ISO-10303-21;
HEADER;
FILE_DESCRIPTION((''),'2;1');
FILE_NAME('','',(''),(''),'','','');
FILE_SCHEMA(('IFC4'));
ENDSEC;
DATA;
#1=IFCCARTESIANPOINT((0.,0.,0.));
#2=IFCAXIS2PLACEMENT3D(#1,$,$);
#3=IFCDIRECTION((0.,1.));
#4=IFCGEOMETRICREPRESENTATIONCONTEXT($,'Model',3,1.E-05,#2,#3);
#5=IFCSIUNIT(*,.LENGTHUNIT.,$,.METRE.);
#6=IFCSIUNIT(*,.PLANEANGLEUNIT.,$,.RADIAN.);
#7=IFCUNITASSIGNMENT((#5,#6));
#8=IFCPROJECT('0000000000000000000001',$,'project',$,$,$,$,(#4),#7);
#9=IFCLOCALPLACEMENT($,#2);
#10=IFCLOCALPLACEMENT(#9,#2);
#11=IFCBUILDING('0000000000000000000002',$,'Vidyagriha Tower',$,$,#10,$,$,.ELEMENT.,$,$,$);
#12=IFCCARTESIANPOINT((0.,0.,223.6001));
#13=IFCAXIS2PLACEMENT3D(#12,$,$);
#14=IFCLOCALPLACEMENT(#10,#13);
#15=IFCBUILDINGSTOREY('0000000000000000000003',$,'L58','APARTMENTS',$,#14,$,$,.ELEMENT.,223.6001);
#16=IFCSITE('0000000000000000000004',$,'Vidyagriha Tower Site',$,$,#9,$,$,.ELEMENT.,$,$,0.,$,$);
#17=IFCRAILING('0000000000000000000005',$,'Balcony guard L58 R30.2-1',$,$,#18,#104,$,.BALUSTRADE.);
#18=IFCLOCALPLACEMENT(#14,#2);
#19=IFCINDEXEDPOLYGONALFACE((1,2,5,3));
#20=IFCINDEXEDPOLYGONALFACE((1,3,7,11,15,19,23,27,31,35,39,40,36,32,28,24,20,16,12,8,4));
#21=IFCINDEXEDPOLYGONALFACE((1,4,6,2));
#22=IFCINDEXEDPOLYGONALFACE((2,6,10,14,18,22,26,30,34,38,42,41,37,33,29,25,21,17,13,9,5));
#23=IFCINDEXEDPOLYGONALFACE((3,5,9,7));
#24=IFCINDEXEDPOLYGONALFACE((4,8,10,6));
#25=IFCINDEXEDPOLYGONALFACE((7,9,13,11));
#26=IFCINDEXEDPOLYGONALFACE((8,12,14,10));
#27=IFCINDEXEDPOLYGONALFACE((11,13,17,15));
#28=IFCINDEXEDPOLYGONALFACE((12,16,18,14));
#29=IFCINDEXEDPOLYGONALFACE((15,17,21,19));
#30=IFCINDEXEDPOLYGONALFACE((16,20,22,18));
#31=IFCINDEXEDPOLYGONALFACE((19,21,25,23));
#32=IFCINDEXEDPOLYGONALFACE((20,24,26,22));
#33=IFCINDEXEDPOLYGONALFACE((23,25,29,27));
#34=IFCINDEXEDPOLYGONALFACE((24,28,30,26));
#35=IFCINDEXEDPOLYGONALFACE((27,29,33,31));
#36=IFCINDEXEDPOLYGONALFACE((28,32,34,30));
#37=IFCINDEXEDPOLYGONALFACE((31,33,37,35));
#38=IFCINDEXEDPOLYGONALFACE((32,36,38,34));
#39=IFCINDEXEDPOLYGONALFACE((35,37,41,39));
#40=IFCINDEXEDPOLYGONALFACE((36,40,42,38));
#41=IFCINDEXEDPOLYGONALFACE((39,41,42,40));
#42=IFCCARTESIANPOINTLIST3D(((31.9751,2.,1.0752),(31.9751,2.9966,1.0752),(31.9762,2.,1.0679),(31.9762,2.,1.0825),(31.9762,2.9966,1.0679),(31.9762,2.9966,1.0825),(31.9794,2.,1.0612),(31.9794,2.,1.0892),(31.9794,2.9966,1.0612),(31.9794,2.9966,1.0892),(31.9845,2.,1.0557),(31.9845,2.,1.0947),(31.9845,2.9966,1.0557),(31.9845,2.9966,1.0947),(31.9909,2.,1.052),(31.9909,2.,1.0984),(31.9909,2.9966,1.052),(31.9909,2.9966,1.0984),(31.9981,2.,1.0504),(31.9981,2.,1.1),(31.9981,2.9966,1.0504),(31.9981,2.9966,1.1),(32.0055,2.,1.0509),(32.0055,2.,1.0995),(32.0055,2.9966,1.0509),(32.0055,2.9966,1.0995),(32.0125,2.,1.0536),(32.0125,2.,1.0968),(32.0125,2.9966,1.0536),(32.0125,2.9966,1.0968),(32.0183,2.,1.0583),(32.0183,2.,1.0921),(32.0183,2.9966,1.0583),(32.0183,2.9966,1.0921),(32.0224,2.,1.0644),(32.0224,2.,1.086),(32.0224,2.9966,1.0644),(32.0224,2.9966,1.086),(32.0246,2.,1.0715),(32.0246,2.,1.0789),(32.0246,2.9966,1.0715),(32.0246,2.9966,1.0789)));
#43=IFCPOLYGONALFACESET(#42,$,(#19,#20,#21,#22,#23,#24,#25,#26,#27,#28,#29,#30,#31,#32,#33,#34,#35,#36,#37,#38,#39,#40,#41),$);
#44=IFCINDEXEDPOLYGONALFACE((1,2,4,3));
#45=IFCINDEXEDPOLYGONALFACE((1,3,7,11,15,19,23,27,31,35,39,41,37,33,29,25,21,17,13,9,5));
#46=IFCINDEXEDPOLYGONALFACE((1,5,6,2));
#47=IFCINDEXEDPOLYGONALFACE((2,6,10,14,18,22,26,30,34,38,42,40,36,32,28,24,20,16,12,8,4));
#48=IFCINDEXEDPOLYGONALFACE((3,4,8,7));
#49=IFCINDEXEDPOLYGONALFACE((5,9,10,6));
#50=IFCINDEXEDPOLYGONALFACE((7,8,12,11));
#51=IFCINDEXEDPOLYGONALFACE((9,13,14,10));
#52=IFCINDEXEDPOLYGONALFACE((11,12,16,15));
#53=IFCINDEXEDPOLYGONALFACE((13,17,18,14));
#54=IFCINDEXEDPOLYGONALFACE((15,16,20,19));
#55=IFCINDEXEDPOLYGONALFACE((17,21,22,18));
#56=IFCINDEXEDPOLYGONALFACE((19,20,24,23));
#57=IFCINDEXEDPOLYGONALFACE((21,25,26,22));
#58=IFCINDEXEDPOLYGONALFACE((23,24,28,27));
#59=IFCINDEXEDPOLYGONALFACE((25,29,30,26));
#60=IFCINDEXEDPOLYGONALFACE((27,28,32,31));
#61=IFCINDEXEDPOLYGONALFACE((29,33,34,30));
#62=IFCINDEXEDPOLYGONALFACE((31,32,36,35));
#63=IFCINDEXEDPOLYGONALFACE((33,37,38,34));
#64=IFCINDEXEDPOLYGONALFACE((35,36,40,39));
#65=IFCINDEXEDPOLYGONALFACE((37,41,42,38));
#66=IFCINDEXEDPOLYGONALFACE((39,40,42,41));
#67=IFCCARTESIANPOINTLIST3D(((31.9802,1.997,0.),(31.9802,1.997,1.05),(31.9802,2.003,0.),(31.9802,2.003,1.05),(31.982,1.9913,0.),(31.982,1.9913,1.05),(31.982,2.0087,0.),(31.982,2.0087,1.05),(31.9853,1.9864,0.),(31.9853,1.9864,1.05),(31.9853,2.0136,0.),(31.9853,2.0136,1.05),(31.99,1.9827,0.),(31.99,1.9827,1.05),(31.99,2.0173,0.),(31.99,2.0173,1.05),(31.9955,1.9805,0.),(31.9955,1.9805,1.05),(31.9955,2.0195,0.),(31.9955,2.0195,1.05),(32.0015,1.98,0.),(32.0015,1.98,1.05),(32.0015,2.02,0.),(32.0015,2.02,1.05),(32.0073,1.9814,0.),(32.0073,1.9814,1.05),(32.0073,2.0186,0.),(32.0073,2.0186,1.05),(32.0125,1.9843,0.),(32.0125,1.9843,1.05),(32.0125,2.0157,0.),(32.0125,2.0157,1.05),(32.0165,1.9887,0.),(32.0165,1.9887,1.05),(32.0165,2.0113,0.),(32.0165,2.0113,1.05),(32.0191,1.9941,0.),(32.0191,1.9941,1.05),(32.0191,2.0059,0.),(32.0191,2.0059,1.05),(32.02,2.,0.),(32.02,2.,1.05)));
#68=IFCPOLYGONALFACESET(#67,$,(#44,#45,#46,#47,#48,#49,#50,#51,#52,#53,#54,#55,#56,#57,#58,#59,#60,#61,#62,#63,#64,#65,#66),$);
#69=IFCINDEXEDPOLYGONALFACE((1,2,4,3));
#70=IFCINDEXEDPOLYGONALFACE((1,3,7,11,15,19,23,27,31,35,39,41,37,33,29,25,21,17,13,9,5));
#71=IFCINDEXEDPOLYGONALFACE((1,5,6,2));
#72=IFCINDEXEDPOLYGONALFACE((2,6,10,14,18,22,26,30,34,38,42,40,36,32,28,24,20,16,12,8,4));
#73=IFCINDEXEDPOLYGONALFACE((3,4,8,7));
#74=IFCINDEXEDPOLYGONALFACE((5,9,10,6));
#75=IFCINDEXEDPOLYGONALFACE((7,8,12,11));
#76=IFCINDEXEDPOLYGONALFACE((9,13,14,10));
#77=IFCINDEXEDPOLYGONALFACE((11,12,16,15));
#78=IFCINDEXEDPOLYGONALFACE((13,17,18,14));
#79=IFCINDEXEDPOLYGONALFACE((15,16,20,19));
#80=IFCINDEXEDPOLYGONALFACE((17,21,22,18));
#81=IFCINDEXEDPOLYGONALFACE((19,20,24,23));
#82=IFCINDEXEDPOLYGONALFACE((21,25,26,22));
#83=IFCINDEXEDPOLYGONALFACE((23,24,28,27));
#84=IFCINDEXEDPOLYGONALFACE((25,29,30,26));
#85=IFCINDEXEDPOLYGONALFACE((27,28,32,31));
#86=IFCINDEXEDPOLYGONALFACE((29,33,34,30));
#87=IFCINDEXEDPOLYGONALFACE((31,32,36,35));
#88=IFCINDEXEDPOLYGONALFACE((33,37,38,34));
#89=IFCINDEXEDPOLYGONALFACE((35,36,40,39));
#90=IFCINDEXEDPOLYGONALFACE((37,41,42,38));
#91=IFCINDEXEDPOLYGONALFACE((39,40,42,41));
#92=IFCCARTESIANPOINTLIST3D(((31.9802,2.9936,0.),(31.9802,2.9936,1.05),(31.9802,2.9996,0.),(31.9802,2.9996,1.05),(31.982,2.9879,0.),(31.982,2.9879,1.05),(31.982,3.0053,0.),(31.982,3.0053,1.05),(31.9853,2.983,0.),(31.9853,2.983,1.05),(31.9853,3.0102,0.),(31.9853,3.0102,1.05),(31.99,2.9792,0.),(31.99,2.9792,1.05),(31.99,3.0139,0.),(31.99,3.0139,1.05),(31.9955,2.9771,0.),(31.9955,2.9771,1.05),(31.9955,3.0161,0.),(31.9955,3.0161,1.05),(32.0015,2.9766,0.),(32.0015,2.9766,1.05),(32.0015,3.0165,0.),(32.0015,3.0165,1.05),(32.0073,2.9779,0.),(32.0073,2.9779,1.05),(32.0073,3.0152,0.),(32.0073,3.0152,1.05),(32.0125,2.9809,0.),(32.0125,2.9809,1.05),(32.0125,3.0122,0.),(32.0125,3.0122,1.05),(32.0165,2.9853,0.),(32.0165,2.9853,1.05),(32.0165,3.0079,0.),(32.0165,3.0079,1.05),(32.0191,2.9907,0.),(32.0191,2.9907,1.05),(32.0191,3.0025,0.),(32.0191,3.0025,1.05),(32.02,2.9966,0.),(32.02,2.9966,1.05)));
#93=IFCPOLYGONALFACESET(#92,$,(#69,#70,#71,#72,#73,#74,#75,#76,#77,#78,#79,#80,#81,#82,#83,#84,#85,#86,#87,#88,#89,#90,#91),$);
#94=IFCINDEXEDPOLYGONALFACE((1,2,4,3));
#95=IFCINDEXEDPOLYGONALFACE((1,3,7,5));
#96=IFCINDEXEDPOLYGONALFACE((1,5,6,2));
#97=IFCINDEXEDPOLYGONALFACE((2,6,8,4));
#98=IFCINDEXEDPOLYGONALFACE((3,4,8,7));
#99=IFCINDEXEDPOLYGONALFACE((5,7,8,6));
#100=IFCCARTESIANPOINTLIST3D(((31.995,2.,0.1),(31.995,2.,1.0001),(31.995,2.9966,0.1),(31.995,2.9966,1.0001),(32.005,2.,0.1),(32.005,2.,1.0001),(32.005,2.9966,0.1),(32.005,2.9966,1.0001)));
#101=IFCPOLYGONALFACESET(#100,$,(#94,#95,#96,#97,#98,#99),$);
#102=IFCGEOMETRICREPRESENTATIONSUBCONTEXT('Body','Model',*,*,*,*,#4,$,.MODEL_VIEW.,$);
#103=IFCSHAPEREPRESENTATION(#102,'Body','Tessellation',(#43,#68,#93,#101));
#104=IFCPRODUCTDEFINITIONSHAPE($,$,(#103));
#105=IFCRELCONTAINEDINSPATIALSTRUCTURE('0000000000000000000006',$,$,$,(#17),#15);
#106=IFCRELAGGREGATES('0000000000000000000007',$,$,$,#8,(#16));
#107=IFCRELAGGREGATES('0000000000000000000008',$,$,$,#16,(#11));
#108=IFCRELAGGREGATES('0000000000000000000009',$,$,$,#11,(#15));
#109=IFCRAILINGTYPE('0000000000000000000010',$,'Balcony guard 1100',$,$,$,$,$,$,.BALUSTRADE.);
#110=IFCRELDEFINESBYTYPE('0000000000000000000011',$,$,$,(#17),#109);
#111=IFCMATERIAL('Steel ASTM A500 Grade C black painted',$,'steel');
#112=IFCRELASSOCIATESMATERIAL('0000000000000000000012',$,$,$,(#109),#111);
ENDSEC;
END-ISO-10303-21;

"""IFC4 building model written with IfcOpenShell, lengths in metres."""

from ifc_helpers import new_model, si_unit, direction, frame, origin, origin_2d, place, context, subcontext, project, spatial, rectangle, circle, extrude, material, type_object, element, save


model = new_model("IFC4")

# Units and contexts
model_context = context("Model", 3, precision=1e-05, world=origin(), true_north=direction((0.0, 1.0)))
body_context = subcontext(model_context, "Body", "Model", "MODEL_VIEW")
ifc_project = project(units=[si_unit("LENGTHUNIT", "METRE"), si_unit("PLANEANGLEUNIT", "RADIAN")], contexts=[model_context])

# Site, building, storey
site_placement = place(None, origin())
site = spatial("IfcSite", under=ifc_project, at=site_placement, Name="Vidyagriha Tower Site", CompositionType="ELEMENT", RefElevation=0.0)
building_placement = place(site_placement, origin())
building = spatial("IfcBuilding", under=site, at=building_placement, Name="Vidyagriha Tower", CompositionType="ELEMENT")
storey_placement = place(building_placement, frame((0.0, 0.0, 223.6001)))
storey = spatial("IfcBuildingStorey", under=building, at=storey_placement, Name="L58", Description="APARTMENTS", CompositionType="ELEMENT", Elevation=223.6001)

# Railing
ifc_material_1 = material(Name="Steel ASTM A500 Grade C black painted", Category="steel")
railing_type_1 = type_object("IfcRailingType", Name="Balcony guard 1100", PredefinedType="BALUSTRADE", material=ifc_material_1)
railing_1_placement = place(storey_placement, frame((32.0, 2.0, 0.0)))
element("IfcRailing", 1, at=railing_1_placement, inside=storey, type_object=railing_type_1, Name="Balcony guard L58 R30.2-1", PredefinedType="BALUSTRADE", context=body_context, shape_type="SweptSolid", body=[
    extrude(circle(Radius=0.0249, at=origin_2d()), frame((0.0, 0.0, 1.0752), z_axis=(0.0, 1.0, 0.0), x_axis=(-1.0, 0.0, 0.0)), (0.0, 0.0, 1.0), 0.9966),
    extrude(circle(Radius=0.02, at=origin_2d()), origin(), (0.0, 0.0, 1.0), 1.05),
    extrude(circle(Radius=0.02, at=origin_2d()), frame((0.0, 0.9966, 0.0)), (0.0, 0.0, 1.0), 1.05),
    extrude(rectangle(XDim=0.01, YDim=0.9001, at=origin_2d()), frame((0.0, 0.0, 0.55), z_axis=(0.0, 1.0, 0.0), x_axis=(-1.0, 0.0, 0.0)), (0.0, 0.0, 1.0), 0.9966),
])

save(model, "model.ifc")
